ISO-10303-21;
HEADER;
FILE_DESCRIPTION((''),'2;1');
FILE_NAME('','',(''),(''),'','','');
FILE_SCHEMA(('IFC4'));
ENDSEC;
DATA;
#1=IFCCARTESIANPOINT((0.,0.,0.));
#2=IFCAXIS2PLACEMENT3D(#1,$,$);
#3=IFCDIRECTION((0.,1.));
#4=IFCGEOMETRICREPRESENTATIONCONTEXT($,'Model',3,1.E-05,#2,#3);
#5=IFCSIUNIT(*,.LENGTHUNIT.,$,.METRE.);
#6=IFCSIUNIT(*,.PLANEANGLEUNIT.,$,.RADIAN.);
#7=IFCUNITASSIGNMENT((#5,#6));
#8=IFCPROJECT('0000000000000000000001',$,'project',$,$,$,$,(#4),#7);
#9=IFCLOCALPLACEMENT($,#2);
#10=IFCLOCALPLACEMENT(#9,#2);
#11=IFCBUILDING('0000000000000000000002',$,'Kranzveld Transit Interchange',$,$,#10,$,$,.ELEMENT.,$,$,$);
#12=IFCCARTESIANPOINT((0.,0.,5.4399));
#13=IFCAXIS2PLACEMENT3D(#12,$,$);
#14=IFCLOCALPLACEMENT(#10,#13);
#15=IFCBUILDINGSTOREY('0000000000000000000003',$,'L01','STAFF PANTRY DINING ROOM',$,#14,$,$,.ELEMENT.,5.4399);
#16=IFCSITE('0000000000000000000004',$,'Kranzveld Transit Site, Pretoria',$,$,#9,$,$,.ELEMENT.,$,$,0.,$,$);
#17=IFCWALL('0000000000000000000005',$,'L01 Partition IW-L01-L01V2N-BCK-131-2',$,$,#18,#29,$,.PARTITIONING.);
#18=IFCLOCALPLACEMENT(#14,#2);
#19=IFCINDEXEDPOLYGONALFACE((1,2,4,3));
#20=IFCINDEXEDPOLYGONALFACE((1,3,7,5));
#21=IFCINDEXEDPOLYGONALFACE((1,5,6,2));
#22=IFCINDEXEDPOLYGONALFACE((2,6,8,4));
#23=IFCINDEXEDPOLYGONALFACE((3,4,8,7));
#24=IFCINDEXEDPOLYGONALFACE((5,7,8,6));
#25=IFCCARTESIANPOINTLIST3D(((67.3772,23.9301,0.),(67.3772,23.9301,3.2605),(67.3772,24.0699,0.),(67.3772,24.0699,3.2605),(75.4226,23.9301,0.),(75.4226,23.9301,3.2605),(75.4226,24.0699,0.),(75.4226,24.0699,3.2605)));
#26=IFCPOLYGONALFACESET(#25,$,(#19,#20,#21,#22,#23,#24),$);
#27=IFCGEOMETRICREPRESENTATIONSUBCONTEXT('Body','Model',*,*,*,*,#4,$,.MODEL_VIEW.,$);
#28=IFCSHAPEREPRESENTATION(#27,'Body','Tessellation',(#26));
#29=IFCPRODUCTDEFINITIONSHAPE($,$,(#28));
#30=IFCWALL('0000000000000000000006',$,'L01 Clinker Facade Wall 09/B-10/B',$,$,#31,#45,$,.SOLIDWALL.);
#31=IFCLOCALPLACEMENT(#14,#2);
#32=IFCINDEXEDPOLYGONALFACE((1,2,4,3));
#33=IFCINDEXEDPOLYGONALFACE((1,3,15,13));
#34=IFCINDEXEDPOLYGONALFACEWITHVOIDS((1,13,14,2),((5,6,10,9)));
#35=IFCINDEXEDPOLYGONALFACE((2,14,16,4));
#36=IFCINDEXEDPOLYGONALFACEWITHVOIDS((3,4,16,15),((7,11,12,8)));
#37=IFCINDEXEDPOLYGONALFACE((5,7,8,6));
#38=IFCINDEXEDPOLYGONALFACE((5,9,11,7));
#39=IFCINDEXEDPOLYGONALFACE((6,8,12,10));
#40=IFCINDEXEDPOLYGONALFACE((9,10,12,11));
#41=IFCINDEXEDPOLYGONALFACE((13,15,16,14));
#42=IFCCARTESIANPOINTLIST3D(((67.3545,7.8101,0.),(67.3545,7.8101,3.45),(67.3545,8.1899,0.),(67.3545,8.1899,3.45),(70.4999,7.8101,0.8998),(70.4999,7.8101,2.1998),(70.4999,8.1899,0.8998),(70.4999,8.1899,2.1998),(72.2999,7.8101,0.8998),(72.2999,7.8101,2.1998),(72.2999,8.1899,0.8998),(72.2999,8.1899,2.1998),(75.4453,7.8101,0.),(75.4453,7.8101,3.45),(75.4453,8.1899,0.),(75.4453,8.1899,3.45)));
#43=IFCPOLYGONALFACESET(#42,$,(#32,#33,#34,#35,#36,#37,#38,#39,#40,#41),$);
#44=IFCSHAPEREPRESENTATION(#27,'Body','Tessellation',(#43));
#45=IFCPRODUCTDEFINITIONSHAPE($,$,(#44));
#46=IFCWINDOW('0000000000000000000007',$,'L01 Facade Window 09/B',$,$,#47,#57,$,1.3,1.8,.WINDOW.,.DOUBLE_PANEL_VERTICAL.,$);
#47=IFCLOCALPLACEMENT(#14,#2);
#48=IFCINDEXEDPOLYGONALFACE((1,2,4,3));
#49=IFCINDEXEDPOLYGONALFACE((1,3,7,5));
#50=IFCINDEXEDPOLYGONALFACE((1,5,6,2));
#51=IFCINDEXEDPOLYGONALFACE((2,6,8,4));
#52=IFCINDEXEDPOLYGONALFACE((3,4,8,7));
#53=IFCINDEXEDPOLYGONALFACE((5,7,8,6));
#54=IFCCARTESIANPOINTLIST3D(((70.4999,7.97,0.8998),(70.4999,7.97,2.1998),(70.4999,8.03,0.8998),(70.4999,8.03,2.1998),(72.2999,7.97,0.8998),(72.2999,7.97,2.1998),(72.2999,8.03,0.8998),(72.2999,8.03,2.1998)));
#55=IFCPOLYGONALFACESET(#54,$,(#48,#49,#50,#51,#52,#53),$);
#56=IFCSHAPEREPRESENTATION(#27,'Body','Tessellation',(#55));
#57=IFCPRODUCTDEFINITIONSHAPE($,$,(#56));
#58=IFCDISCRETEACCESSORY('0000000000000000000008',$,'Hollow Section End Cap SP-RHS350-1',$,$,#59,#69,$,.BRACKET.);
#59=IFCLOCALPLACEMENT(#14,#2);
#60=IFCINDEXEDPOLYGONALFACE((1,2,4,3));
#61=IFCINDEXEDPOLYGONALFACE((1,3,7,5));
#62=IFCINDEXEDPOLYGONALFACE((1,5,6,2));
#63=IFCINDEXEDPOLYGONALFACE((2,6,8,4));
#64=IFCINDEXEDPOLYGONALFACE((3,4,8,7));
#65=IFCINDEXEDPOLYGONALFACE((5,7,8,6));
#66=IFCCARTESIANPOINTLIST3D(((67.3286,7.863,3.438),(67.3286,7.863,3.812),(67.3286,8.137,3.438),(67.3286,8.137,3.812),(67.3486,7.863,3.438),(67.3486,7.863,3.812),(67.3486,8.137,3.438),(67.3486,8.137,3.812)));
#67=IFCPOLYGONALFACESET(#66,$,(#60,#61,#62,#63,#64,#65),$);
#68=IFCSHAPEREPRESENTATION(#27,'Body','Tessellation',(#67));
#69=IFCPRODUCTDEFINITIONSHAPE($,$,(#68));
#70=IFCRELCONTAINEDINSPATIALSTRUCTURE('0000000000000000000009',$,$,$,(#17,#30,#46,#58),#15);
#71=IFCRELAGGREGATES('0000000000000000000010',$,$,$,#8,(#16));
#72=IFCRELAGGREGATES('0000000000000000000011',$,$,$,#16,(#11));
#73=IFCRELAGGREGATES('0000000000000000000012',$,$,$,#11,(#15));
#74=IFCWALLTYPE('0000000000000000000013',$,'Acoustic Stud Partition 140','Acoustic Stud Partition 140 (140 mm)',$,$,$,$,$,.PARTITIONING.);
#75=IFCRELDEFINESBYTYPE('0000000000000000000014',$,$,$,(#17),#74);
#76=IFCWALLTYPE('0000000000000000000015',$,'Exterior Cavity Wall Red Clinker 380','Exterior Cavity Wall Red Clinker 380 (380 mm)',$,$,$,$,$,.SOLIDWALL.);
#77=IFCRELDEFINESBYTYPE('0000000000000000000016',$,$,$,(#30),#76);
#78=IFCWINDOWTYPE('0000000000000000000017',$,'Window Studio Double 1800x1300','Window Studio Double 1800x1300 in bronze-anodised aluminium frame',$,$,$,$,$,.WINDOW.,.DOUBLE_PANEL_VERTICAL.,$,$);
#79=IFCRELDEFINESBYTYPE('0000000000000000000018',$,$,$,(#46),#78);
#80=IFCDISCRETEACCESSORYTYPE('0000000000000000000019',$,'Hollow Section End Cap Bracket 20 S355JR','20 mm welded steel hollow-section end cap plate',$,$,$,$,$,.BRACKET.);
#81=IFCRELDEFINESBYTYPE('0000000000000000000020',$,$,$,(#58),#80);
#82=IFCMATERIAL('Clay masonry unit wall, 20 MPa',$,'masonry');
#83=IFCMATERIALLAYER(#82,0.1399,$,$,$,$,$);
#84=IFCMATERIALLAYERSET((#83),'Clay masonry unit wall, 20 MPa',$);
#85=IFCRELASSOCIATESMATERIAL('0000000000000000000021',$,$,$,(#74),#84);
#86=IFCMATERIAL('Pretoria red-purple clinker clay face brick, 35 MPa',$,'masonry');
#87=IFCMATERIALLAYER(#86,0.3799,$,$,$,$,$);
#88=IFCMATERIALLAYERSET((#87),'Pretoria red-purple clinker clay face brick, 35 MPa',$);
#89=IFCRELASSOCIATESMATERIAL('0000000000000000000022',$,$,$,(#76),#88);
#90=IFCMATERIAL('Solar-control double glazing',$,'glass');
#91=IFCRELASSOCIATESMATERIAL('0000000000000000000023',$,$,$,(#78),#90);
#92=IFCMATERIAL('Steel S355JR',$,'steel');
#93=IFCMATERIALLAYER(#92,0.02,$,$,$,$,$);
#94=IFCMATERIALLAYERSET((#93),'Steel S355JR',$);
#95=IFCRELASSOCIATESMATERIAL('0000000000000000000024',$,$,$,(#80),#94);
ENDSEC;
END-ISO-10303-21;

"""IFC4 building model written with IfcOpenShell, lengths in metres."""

from ifc_helpers import new_model, si_unit, direction, frame, frame_2d, origin, origin_2d, place, context, subcontext, project, spatial, rectangle, extrude, material, layer, layer_set, type_object, element, fill, save


model = new_model("IFC4")

# Units and contexts
model_context = context("Model", 3, precision=1e-05, world=origin(), true_north=direction((0.0, 1.0)))
body_context = subcontext(model_context, "Body", "Model", "MODEL_VIEW")
ifc_project = project(units=[si_unit("LENGTHUNIT", "METRE"), si_unit("PLANEANGLEUNIT", "RADIAN")], contexts=[model_context])

# Site, building, storey
site_placement = place(None, origin())
site = spatial("IfcSite", under=ifc_project, at=site_placement, Name="Kranzveld Transit Site, Pretoria", CompositionType="ELEMENT", RefElevation=0.0)
building_placement = place(site_placement, origin())
building = spatial("IfcBuilding", under=site, at=building_placement, Name="Kranzveld Transit Interchange", CompositionType="ELEMENT")
storey_placement = place(building_placement, frame((0.0, 0.0, 5.4399)))
storey = spatial("IfcBuildingStorey", under=building, at=storey_placement, Name="L01", Description="STAFF PANTRY DINING ROOM", CompositionType="ELEMENT", Elevation=5.4399)

# Wall
ifc_material_1 = material(Name="Clay masonry unit wall, 20 MPa", Category="masonry")
ifc_layer_1 = layer(ifc_material_1, 0.1399)
ifc_layer_set_1 = layer_set([ifc_layer_1], Name="Clay masonry unit wall, 20 MPa")
wall_type_1 = type_object("IfcWallType", Name="Acoustic Stud Partition 140", Description="Acoustic Stud Partition 140 (140 mm)", PredefinedType="PARTITIONING", material=ifc_layer_set_1)
for number, where, z_axis, x_axis, name in (
    (1, (67.3772, 24.0, 0.0), (0.0, 0.0, 1.0), (1.0, 0.0, 0.0), "L01 Partition IW-L01-L01V2N-BCK-131-2"),
):
    element("IfcWall", number, at=place(storey_placement, frame(where, z_axis=z_axis, x_axis=x_axis)), inside=storey, type_object=wall_type_1, Name=name, PredefinedType="PARTITIONING", context=body_context, shape_type="SweptSolid", body=[
        extrude(rectangle(XDim=8.0454, YDim=0.1399, at=frame_2d((4.0227, 0.0))), origin(), (0.0, 0.0, 1.0), 3.2605),
    ])

# Wall, opening, window
ifc_material_2 = material(Name="Pretoria red-purple clinker clay face brick, 35 MPa", Category="masonry")
ifc_layer_2 = layer(ifc_material_2, 0.3799)
ifc_layer_set_2 = layer_set([ifc_layer_2], Name="Pretoria red-purple clinker clay face brick, 35 MPa")
wall_type_2 = type_object("IfcWallType", Name="Exterior Cavity Wall Red Clinker 380", Description="Exterior Cavity Wall Red Clinker 380 (380 mm)", PredefinedType="SOLIDWALL", material=ifc_layer_set_2)
wall_placement = place(storey_placement, frame((67.3545, 8.0, 0.0), z_axis=(0.0, 0.0, 1.0), x_axis=(1.0, 0.0, 0.0)))
wall = element("IfcWall", 2, at=wall_placement, inside=storey, type_object=wall_type_2, Name="L01 Clinker Facade Wall 09/B-10/B", PredefinedType="SOLIDWALL", context=body_context, shape_type="SweptSolid", body=[
    extrude(rectangle(XDim=8.0908, YDim=0.3799, at=frame_2d((4.0454, 0.0))), origin(), (0.0, 0.0, 1.0), 3.45),
])
opening_placement = place(wall_placement, frame((3.1455, 0.0, 0.8999), z_axis=(0.0, 0.0, 1.0), x_axis=(1.0, 0.0, 0.0)))
opening = element("IfcOpeningElement", 3, at=opening_placement, cuts=wall, PredefinedType="OPENING", context=body_context, shape_type="SweptSolid", body=[
    extrude(rectangle(XDim=1.8, YDim=1.3, at=frame_2d((0.8999, 0.6499))), frame((0.0, 0.2, 0.0), z_axis=(0.0, -1.0, 0.0), x_axis=(1.0, 0.0, 0.0)), (0.0, 0.0, 1.0), 0.3999),
])
ifc_material_3 = material(Name="Solar-control double glazing", Category="glass")
window_type = type_object("IfcWindowType", Name="Window Studio Double 1800x1300", Description="Window Studio Double 1800x1300 in bronze-anodised aluminium frame", PartitioningType="DOUBLE_PANEL_VERTICAL", PredefinedType="WINDOW", material=ifc_material_3)
window_placement = place(opening_placement, origin())
window = element("IfcWindow", 4, at=window_placement, inside=storey, type_object=window_type, Name="L01 Facade Window 09/B", OverallHeight=1.3, OverallWidth=1.8, PartitioningType="DOUBLE_PANEL_VERTICAL", PredefinedType="WINDOW", context=body_context, shape_type="SweptSolid", body=[
    extrude(rectangle(XDim=1.8, YDim=1.3, at=frame_2d((0.8999, 0.6499))), frame((0.0, 0.03, 0.0), z_axis=(0.0, -1.0, 0.0), x_axis=(1.0, 0.0, 0.0)), (0.0, 0.0, 1.0), 0.0601),
])
fill(opening, window)

# Discrete accessory
ifc_material_4 = material(Name="Steel S355JR", Category="steel")
ifc_layer_3 = layer(ifc_material_4, 0.02)
ifc_layer_set_3 = layer_set([ifc_layer_3], Name="Steel S355JR")
discrete_accessory_type = type_object("IfcDiscreteAccessoryType", Name="Hollow Section End Cap Bracket 20 S355JR", Description="20 mm welded steel hollow-section end cap plate", PredefinedType="BRACKET", material=ifc_layer_set_3)
discrete_accessory_placement = place(storey_placement, frame((67.3486, 8.0, 3.625), z_axis=(-1.0, 0.0, 0.0), x_axis=(0.0, -1.0, 0.0)))
element("IfcDiscreteAccessory", 5, at=discrete_accessory_placement, inside=storey, type_object=discrete_accessory_type, Name="Hollow Section End Cap SP-RHS350-1", PredefinedType="BRACKET", context=body_context, shape_type="SweptSolid", body=[
    extrude(rectangle(XDim=0.2739, YDim=0.374, at=origin_2d()), origin(), (0.0, 0.0, 1.0), 0.02),
])

save(model, "model.ifc")
